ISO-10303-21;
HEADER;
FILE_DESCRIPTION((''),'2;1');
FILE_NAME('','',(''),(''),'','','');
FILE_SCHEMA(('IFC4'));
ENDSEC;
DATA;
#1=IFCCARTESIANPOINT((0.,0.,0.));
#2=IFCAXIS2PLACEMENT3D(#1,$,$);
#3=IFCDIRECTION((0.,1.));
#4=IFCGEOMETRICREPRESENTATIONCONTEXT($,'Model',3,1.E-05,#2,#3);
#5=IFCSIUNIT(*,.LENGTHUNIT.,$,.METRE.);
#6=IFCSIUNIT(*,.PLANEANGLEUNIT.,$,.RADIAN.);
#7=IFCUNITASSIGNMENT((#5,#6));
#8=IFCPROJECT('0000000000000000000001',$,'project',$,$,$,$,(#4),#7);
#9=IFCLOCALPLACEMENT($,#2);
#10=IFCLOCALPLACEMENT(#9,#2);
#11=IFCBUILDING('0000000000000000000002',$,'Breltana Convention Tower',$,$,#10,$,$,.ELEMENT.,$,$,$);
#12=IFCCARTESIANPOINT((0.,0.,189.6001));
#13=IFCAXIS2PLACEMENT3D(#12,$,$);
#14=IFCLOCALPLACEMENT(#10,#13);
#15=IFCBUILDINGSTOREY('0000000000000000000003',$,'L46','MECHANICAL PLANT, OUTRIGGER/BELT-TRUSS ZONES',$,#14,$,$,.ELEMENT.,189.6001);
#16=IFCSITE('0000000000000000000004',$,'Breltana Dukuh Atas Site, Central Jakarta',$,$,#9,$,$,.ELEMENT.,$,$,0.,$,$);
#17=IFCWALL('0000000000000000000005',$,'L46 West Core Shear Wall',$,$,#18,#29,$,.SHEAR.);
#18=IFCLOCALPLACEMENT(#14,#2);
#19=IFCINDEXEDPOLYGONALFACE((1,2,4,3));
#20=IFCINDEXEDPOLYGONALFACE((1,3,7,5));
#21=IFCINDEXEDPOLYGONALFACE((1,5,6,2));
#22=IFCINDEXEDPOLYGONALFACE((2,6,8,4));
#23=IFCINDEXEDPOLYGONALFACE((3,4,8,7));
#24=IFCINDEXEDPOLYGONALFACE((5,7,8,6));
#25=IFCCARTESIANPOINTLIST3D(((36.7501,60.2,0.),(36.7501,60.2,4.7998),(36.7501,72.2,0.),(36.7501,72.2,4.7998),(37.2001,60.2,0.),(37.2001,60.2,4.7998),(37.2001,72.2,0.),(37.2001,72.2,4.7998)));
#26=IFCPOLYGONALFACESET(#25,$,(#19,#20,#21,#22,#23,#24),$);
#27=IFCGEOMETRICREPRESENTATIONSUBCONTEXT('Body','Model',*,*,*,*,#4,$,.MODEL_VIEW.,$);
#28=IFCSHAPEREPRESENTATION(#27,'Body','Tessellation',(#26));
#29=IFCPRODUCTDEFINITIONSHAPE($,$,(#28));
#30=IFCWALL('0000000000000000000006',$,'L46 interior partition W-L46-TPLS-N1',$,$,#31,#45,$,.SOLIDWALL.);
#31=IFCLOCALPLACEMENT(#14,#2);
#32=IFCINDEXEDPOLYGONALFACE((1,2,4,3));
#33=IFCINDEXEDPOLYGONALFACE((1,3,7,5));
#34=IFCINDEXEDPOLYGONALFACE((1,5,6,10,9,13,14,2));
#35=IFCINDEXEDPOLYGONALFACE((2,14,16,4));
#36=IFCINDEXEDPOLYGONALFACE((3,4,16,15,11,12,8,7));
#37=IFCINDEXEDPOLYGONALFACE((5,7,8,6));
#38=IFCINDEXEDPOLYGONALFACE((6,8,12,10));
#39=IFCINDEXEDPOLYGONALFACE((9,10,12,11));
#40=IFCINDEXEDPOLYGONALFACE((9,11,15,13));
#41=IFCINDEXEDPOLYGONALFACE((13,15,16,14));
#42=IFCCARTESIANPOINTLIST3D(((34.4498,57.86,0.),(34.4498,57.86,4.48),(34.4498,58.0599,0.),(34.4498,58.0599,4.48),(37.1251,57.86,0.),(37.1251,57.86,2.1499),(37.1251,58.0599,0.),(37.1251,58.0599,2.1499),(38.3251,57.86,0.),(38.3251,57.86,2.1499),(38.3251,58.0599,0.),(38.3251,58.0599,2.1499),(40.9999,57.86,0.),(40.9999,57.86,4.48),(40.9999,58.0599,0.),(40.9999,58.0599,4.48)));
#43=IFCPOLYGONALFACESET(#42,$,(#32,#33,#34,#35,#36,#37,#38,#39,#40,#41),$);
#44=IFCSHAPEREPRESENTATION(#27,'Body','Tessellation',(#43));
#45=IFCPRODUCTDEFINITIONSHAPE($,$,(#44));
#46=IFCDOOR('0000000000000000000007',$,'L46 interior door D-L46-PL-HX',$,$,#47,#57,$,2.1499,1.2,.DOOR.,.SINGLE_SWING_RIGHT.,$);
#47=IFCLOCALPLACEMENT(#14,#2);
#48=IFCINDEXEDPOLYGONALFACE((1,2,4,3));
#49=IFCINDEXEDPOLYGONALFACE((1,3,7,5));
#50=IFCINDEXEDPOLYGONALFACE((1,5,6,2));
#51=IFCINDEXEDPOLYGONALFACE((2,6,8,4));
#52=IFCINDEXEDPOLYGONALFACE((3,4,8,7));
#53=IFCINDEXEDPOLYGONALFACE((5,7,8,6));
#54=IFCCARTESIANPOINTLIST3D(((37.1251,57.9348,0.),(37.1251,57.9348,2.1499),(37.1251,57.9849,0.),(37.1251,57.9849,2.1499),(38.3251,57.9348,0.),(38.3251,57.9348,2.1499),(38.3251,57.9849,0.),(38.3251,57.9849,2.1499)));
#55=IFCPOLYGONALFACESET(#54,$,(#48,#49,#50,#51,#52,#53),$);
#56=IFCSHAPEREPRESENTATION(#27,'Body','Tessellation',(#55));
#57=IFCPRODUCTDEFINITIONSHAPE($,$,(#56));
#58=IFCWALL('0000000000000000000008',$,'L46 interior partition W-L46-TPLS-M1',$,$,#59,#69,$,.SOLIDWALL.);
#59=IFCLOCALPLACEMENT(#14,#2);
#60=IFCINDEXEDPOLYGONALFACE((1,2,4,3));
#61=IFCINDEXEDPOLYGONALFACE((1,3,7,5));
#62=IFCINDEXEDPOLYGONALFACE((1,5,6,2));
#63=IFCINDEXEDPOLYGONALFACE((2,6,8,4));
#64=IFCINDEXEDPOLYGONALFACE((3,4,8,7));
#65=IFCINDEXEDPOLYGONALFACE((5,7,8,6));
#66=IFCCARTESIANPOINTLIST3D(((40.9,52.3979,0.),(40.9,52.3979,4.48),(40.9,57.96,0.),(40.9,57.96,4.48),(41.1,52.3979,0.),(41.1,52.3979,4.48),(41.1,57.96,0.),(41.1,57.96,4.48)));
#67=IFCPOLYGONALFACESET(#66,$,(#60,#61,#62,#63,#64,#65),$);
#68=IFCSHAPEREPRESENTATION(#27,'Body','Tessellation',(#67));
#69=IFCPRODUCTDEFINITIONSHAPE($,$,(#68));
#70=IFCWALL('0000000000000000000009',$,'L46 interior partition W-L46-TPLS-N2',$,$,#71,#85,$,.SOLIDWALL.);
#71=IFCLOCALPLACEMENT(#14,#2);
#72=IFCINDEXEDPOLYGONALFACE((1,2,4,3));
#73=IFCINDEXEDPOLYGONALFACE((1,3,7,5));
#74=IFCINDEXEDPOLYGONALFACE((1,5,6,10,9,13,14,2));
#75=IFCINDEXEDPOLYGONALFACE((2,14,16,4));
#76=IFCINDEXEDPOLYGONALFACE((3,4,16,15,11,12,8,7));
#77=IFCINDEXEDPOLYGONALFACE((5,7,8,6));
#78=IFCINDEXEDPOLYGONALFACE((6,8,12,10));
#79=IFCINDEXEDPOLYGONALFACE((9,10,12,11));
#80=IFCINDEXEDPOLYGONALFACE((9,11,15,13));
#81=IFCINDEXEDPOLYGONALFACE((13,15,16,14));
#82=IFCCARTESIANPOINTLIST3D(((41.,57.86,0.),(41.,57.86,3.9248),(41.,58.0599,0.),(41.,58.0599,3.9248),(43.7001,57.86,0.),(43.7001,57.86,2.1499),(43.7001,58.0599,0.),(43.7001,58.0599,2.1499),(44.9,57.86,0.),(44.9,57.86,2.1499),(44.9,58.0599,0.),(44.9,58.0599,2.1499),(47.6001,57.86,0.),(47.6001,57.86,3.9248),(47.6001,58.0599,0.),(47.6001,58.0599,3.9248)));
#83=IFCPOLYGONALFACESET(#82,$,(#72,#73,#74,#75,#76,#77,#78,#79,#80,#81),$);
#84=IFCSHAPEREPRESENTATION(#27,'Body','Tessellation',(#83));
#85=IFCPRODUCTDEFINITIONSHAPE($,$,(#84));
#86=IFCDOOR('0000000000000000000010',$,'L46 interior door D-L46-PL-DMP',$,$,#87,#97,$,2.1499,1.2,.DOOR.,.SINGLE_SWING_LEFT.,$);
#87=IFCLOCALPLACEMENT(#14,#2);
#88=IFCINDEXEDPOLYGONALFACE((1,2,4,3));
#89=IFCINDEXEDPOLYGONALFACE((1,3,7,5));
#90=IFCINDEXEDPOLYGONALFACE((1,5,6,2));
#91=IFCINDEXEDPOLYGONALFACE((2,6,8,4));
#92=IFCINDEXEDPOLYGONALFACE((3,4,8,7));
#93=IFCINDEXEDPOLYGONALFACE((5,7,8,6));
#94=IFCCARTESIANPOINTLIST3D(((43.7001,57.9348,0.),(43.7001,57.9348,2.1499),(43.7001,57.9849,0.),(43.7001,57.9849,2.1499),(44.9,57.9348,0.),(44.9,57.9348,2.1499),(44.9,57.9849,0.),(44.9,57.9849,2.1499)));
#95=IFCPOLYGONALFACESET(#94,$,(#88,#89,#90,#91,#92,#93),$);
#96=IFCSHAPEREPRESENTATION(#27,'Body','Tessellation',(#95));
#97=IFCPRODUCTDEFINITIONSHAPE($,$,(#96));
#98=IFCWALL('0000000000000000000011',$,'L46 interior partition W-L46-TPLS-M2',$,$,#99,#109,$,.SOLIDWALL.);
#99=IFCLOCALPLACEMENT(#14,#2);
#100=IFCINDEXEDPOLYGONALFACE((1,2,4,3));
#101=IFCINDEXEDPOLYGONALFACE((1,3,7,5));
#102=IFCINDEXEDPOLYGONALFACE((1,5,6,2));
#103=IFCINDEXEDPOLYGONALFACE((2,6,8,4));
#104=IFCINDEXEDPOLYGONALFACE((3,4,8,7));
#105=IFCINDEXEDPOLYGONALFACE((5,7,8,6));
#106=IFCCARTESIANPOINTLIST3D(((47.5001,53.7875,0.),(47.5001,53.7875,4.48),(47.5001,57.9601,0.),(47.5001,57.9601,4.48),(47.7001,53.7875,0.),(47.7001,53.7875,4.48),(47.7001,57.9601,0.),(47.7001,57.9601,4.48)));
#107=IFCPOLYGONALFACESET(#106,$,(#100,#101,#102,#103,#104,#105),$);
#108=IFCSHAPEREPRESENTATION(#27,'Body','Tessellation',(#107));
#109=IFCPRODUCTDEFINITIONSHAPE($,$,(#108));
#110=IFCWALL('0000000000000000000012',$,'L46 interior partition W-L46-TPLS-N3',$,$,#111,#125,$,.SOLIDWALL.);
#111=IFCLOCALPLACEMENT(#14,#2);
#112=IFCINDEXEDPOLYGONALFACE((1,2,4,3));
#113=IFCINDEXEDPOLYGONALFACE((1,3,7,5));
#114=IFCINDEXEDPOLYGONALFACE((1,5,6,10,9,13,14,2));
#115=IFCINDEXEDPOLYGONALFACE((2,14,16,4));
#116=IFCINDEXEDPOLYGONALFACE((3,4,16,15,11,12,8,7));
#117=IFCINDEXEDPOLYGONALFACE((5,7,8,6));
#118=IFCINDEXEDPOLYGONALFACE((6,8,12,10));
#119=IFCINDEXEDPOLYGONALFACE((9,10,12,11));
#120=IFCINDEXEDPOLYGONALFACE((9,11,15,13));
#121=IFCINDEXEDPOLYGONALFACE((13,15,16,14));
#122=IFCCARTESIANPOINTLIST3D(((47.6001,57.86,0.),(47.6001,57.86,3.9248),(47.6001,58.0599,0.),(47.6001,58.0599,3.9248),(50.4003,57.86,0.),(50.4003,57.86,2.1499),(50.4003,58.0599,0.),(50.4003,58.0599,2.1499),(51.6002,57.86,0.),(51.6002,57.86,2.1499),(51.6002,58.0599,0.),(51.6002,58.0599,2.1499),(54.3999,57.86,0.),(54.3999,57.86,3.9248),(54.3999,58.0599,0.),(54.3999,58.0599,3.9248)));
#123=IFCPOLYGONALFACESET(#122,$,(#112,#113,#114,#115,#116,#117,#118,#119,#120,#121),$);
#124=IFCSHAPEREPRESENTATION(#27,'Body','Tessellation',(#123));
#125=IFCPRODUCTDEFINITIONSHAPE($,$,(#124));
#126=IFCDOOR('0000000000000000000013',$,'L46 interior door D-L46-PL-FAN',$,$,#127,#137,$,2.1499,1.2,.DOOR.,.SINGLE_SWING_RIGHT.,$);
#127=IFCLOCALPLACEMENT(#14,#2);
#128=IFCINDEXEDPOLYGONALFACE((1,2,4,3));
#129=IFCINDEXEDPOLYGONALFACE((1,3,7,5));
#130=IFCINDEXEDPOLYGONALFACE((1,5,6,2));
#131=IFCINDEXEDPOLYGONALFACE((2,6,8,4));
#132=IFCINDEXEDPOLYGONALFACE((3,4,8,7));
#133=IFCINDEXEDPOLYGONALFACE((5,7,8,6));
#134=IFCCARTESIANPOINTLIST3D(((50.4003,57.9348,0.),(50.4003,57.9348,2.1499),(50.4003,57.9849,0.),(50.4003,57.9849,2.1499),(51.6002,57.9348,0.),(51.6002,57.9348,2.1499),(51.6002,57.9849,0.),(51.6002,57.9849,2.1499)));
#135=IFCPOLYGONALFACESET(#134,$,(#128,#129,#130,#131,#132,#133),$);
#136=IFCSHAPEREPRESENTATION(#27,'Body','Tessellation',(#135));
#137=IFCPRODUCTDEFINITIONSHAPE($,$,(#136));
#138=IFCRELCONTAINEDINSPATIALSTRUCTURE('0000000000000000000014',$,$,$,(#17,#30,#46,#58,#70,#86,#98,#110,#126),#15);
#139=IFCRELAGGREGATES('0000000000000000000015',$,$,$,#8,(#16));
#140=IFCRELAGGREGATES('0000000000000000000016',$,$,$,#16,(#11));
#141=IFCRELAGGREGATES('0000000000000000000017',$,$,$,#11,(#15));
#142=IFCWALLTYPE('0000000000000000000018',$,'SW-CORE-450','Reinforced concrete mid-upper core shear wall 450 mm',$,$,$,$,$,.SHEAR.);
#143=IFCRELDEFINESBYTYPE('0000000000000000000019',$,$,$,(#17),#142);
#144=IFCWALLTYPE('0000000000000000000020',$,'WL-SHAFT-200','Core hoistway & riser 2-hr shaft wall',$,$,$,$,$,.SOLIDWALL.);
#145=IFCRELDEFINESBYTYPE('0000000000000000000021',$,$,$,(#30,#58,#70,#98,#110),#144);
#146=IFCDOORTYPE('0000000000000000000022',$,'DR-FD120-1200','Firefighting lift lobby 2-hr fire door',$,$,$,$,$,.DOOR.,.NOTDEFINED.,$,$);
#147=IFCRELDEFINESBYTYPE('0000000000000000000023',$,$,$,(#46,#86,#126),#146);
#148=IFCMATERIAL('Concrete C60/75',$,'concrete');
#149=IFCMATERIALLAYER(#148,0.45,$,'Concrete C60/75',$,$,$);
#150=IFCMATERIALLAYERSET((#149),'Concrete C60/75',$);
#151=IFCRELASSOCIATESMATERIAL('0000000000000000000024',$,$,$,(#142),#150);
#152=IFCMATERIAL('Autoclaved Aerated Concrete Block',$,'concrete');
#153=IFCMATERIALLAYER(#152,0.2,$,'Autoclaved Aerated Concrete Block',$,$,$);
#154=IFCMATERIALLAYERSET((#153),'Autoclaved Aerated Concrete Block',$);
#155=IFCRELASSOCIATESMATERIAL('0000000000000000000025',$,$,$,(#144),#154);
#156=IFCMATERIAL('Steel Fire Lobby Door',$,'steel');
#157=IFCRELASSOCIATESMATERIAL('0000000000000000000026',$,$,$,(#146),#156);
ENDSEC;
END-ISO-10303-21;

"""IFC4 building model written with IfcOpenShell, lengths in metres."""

from ifc_helpers import new_model, si_unit, direction, frame, frame_2d, origin, place, context, subcontext, project, spatial, rectangle, extrude, source, transform, mapped, material, layer, layer_set, type_object, type_shapes, element, fill, save


model = new_model("IFC4")

# Units and contexts
model_context = context("Model", 3, precision=1e-05, world=origin(), true_north=direction((0.0, 1.0)))
body_context = subcontext(model_context, "Body", "Model", "MODEL_VIEW")
ifc_project = project(units=[si_unit("LENGTHUNIT", "METRE"), si_unit("PLANEANGLEUNIT", "RADIAN")], contexts=[model_context])

# Site, building, storey
site_placement = place(None, origin())
site = spatial("IfcSite", under=ifc_project, at=site_placement, Name="Breltana Dukuh Atas Site, Central Jakarta", CompositionType="ELEMENT", RefElevation=0.0)
building_placement = place(site_placement, origin())
building = spatial("IfcBuilding", under=site, at=building_placement, Name="Breltana Convention Tower", CompositionType="ELEMENT")
storey_placement = place(building_placement, frame((0.0, 0.0, 189.6001)))
storey = spatial("IfcBuildingStorey", under=building, at=storey_placement, Name="L46", Description="MECHANICAL PLANT, OUTRIGGER/BELT-TRUSS ZONES", CompositionType="ELEMENT", Elevation=189.6001)

# Wall
ifc_material_1 = material(Name="Concrete C60/75", Category="concrete")
ifc_layer_1 = layer(ifc_material_1, 0.45, Name="Concrete C60/75")
ifc_layer_set_1 = layer_set([ifc_layer_1], Name="Concrete C60/75")
wall_type_1 = type_object("IfcWallType", Name="SW-CORE-450", Description="Reinforced concrete mid-upper core shear wall 450 mm", PredefinedType="SHEAR", material=ifc_layer_set_1)
shared_shape_1 = source(origin(), body_context, "Body", "SweptSolid", [
    extrude(rectangle(XDim=12.0, YDim=0.45, at=frame_2d((6.0, 0.0))), origin(), (0.0, 0.0, 1.0), 4.7998),
])
type_shapes(wall_type_1, [shared_shape_1])
wall_1_placement = place(storey_placement, frame((36.9751, 60.2, 0.0), z_axis=(0.0, 0.0, 1.0), x_axis=(0.0, 1.0, 0.0)))
element("IfcWall", 1, at=wall_1_placement, inside=storey, type_object=wall_type_1, Name="L46 West Core Shear Wall", PredefinedType="SHEAR", context=body_context, shape_type="MappedRepresentation", body=[
    mapped(shared_shape_1, transform((0.0, 0.0, 0.0), scale=1.0)),
])

# Wall, opening, door
ifc_material_2 = material(Name="Autoclaved Aerated Concrete Block", Category="concrete")
ifc_layer_2 = layer(ifc_material_2, 0.2, Name="Autoclaved Aerated Concrete Block")
ifc_layer_set_2 = layer_set([ifc_layer_2], Name="Autoclaved Aerated Concrete Block")
wall_type_2 = type_object("IfcWallType", Name="WL-SHAFT-200", Description="Core hoistway & riser 2-hr shaft wall", PredefinedType="SOLIDWALL", material=ifc_layer_set_2)
shared_shape_2 = source(origin(), body_context, "Body", "SweptSolid", [
    extrude(rectangle(XDim=6.55, YDim=0.2, at=frame_2d((3.2749, 0.0))), origin(), (0.0, 0.0, 1.0), 4.48),
])
wall_2_placement = place(storey_placement, frame((34.45, 57.96, 0.0), z_axis=(0.0, 0.0, 1.0), x_axis=(1.0, 0.0, 0.0)))
wall_2 = element("IfcWall", 2, at=wall_2_placement, inside=storey, type_object=wall_type_2, Name="L46 interior partition W-L46-TPLS-N1", PredefinedType="SOLIDWALL", context=body_context, shape_type="MappedRepresentation", body=[
    mapped(shared_shape_2, transform((0.0, 0.0, 0.0), scale=1.0)),
])
opening_1_placement = place(wall_2_placement, frame((2.675, 0.0, 0.0)))
opening_1 = element("IfcOpeningElement", 3, at=opening_1_placement, cuts=wall_2, PredefinedType="OPENING", context=body_context, shape_type="SweptSolid", body=[
    extrude(rectangle(XDim=1.2, YDim=2.1499, at=frame_2d((0.6001, 1.075))), frame((0.0, 0.1099, 0.0), z_axis=(0.0, -1.0, 0.0), x_axis=(1.0, 0.0, 0.0)), (0.0, 0.0, 1.0), 0.22),
])
ifc_material_3 = material(Name="Steel Fire Lobby Door", Category="steel")
door_type = type_object("IfcDoorType", Name="DR-FD120-1200", Description="Firefighting lift lobby 2-hr fire door", OperationType="NOTDEFINED", PredefinedType="DOOR", material=ifc_material_3)
shared_shape_3 = source(origin(), body_context, "Body", "SweptSolid", [
    extrude(rectangle(XDim=1.2, YDim=2.1499, at=frame_2d((0.6001, 1.075))), frame((0.0, 0.0249, 0.0), z_axis=(0.0, -1.0, 0.0), x_axis=(1.0, 0.0, 0.0)), (0.0, 0.0, 1.0), 0.05),
])
type_shapes(door_type, [shared_shape_3])
door_1_placement = place(opening_1_placement, origin())
door_1 = element("IfcDoor", 4, at=door_1_placement, inside=storey, type_object=door_type, Name="L46 interior door D-L46-PL-HX", OperationType="SINGLE_SWING_RIGHT", OverallHeight=2.1499, OverallWidth=1.2, PredefinedType="DOOR", context=body_context, shape_type="MappedRepresentation", body=[
    mapped(shared_shape_3, transform((0.0, 0.0, 0.0), scale=1.0)),
])
fill(opening_1, door_1)

# Wall
shared_shape_4 = source(origin(), body_context, "Body", "SweptSolid", [
    extrude(rectangle(XDim=5.562, YDim=0.2, at=frame_2d((2.781, 0.0))), origin(), (0.0, 0.0, 1.0), 4.48),
])
wall_3_placement = place(storey_placement, frame((41.0, 52.3979, 0.0), z_axis=(0.0, 0.0, 1.0), x_axis=(0.0, 1.0, 0.0)))
element("IfcWall", 5, at=wall_3_placement, inside=storey, type_object=wall_type_2, Name="L46 interior partition W-L46-TPLS-M1", PredefinedType="SOLIDWALL", context=body_context, shape_type="MappedRepresentation", body=[
    mapped(shared_shape_4, transform((0.0, 0.0, 0.0), scale=1.0)),
])

# Wall, opening, door
shared_shape_5 = source(origin(), body_context, "Body", "SweptSolid", [
    extrude(rectangle(XDim=6.6001, YDim=0.2, at=frame_2d((3.3, 0.0))), origin(), (0.0, 0.0, 1.0), 3.9248),
])
wall_4_placement = place(storey_placement, frame((41.0, 57.96, 0.0), z_axis=(0.0, 0.0, 1.0), x_axis=(1.0, 0.0, 0.0)))
wall_4 = element("IfcWall", 6, at=wall_4_placement, inside=storey, type_object=wall_type_2, Name="L46 interior partition W-L46-TPLS-N2", PredefinedType="SOLIDWALL", context=body_context, shape_type="MappedRepresentation", body=[
    mapped(shared_shape_5, transform((0.0, 0.0, 0.0), scale=1.0)),
])
opening_2_placement = place(wall_4_placement, frame((2.7, 0.0, 0.0)))
opening_2 = element("IfcOpeningElement", 7, at=opening_2_placement, cuts=wall_4, PredefinedType="OPENING", context=body_context, shape_type="SweptSolid", body=[
    extrude(rectangle(XDim=1.2, YDim=2.1499, at=frame_2d((0.6001, 1.075))), frame((0.0, 0.1099, 0.0), z_axis=(0.0, -1.0, 0.0), x_axis=(1.0, 0.0, 0.0)), (0.0, 0.0, 1.0), 0.22),
])
door_2_placement = place(opening_2_placement, origin())
door_2 = element("IfcDoor", 8, at=door_2_placement, inside=storey, type_object=door_type, Name="L46 interior door D-L46-PL-DMP", OperationType="SINGLE_SWING_LEFT", OverallHeight=2.1499, OverallWidth=1.2, PredefinedType="DOOR", context=body_context, shape_type="MappedRepresentation", body=[
    mapped(shared_shape_3, transform((0.0, 0.0, 0.0), scale=1.0)),
])
fill(opening_2, door_2)

# Wall
shared_shape_6 = source(origin(), body_context, "Body", "SweptSolid", [
    extrude(rectangle(XDim=4.1726, YDim=0.2, at=frame_2d((2.0864, 0.0))), origin(), (0.0, 0.0, 1.0), 4.48),
])
wall_5_placement = place(storey_placement, frame((47.6001, 53.7874, 0.0), z_axis=(0.0, 0.0, 1.0), x_axis=(0.0, 1.0, 0.0)))
element("IfcWall", 9, at=wall_5_placement, inside=storey, type_object=wall_type_2, Name="L46 interior partition W-L46-TPLS-M2", PredefinedType="SOLIDWALL", context=body_context, shape_type="MappedRepresentation", body=[
    mapped(shared_shape_6, transform((0.0, 0.0, 0.0), scale=1.0)),
])

# Wall, opening, door
shared_shape_7 = source(origin(), body_context, "Body", "SweptSolid", [
    extrude(rectangle(XDim=6.7998, YDim=0.2, at=frame_2d((3.3999, 0.0))), origin(), (0.0, 0.0, 1.0), 3.9248),
])
wall_6_placement = place(storey_placement, frame((47.6001, 57.96, 0.0), z_axis=(0.0, 0.0, 1.0), x_axis=(1.0, 0.0, 0.0)))
wall_6 = element("IfcWall", 10, at=wall_6_placement, inside=storey, type_object=wall_type_2, Name="L46 interior partition W-L46-TPLS-N3", PredefinedType="SOLIDWALL", context=body_context, shape_type="MappedRepresentation", body=[
    mapped(shared_shape_7, transform((0.0, 0.0, 0.0), scale=1.0)),
])
opening_3_placement = place(wall_6_placement, frame((2.8, 0.0, 0.0)))
opening_3 = element("IfcOpeningElement", 11, at=opening_3_placement, cuts=wall_6, PredefinedType="OPENING", context=body_context, shape_type="SweptSolid", body=[
    extrude(rectangle(XDim=1.2, YDim=2.1499, at=frame_2d((0.6001, 1.075))), frame((0.0, 0.1099, 0.0), z_axis=(0.0, -1.0, 0.0), x_axis=(1.0, 0.0, 0.0)), (0.0, 0.0, 1.0), 0.22),
])
door_3_placement = place(opening_3_placement, origin())
door_3 = element("IfcDoor", 12, at=door_3_placement, inside=storey, type_object=door_type, Name="L46 interior door D-L46-PL-FAN", OperationType="SINGLE_SWING_RIGHT", OverallHeight=2.1499, OverallWidth=1.2, PredefinedType="DOOR", context=body_context, shape_type="MappedRepresentation", body=[
    mapped(shared_shape_3, transform((0.0, 0.0, 0.0), scale=1.0)),
])
fill(opening_3, door_3)

save(model, "model.ifc")
